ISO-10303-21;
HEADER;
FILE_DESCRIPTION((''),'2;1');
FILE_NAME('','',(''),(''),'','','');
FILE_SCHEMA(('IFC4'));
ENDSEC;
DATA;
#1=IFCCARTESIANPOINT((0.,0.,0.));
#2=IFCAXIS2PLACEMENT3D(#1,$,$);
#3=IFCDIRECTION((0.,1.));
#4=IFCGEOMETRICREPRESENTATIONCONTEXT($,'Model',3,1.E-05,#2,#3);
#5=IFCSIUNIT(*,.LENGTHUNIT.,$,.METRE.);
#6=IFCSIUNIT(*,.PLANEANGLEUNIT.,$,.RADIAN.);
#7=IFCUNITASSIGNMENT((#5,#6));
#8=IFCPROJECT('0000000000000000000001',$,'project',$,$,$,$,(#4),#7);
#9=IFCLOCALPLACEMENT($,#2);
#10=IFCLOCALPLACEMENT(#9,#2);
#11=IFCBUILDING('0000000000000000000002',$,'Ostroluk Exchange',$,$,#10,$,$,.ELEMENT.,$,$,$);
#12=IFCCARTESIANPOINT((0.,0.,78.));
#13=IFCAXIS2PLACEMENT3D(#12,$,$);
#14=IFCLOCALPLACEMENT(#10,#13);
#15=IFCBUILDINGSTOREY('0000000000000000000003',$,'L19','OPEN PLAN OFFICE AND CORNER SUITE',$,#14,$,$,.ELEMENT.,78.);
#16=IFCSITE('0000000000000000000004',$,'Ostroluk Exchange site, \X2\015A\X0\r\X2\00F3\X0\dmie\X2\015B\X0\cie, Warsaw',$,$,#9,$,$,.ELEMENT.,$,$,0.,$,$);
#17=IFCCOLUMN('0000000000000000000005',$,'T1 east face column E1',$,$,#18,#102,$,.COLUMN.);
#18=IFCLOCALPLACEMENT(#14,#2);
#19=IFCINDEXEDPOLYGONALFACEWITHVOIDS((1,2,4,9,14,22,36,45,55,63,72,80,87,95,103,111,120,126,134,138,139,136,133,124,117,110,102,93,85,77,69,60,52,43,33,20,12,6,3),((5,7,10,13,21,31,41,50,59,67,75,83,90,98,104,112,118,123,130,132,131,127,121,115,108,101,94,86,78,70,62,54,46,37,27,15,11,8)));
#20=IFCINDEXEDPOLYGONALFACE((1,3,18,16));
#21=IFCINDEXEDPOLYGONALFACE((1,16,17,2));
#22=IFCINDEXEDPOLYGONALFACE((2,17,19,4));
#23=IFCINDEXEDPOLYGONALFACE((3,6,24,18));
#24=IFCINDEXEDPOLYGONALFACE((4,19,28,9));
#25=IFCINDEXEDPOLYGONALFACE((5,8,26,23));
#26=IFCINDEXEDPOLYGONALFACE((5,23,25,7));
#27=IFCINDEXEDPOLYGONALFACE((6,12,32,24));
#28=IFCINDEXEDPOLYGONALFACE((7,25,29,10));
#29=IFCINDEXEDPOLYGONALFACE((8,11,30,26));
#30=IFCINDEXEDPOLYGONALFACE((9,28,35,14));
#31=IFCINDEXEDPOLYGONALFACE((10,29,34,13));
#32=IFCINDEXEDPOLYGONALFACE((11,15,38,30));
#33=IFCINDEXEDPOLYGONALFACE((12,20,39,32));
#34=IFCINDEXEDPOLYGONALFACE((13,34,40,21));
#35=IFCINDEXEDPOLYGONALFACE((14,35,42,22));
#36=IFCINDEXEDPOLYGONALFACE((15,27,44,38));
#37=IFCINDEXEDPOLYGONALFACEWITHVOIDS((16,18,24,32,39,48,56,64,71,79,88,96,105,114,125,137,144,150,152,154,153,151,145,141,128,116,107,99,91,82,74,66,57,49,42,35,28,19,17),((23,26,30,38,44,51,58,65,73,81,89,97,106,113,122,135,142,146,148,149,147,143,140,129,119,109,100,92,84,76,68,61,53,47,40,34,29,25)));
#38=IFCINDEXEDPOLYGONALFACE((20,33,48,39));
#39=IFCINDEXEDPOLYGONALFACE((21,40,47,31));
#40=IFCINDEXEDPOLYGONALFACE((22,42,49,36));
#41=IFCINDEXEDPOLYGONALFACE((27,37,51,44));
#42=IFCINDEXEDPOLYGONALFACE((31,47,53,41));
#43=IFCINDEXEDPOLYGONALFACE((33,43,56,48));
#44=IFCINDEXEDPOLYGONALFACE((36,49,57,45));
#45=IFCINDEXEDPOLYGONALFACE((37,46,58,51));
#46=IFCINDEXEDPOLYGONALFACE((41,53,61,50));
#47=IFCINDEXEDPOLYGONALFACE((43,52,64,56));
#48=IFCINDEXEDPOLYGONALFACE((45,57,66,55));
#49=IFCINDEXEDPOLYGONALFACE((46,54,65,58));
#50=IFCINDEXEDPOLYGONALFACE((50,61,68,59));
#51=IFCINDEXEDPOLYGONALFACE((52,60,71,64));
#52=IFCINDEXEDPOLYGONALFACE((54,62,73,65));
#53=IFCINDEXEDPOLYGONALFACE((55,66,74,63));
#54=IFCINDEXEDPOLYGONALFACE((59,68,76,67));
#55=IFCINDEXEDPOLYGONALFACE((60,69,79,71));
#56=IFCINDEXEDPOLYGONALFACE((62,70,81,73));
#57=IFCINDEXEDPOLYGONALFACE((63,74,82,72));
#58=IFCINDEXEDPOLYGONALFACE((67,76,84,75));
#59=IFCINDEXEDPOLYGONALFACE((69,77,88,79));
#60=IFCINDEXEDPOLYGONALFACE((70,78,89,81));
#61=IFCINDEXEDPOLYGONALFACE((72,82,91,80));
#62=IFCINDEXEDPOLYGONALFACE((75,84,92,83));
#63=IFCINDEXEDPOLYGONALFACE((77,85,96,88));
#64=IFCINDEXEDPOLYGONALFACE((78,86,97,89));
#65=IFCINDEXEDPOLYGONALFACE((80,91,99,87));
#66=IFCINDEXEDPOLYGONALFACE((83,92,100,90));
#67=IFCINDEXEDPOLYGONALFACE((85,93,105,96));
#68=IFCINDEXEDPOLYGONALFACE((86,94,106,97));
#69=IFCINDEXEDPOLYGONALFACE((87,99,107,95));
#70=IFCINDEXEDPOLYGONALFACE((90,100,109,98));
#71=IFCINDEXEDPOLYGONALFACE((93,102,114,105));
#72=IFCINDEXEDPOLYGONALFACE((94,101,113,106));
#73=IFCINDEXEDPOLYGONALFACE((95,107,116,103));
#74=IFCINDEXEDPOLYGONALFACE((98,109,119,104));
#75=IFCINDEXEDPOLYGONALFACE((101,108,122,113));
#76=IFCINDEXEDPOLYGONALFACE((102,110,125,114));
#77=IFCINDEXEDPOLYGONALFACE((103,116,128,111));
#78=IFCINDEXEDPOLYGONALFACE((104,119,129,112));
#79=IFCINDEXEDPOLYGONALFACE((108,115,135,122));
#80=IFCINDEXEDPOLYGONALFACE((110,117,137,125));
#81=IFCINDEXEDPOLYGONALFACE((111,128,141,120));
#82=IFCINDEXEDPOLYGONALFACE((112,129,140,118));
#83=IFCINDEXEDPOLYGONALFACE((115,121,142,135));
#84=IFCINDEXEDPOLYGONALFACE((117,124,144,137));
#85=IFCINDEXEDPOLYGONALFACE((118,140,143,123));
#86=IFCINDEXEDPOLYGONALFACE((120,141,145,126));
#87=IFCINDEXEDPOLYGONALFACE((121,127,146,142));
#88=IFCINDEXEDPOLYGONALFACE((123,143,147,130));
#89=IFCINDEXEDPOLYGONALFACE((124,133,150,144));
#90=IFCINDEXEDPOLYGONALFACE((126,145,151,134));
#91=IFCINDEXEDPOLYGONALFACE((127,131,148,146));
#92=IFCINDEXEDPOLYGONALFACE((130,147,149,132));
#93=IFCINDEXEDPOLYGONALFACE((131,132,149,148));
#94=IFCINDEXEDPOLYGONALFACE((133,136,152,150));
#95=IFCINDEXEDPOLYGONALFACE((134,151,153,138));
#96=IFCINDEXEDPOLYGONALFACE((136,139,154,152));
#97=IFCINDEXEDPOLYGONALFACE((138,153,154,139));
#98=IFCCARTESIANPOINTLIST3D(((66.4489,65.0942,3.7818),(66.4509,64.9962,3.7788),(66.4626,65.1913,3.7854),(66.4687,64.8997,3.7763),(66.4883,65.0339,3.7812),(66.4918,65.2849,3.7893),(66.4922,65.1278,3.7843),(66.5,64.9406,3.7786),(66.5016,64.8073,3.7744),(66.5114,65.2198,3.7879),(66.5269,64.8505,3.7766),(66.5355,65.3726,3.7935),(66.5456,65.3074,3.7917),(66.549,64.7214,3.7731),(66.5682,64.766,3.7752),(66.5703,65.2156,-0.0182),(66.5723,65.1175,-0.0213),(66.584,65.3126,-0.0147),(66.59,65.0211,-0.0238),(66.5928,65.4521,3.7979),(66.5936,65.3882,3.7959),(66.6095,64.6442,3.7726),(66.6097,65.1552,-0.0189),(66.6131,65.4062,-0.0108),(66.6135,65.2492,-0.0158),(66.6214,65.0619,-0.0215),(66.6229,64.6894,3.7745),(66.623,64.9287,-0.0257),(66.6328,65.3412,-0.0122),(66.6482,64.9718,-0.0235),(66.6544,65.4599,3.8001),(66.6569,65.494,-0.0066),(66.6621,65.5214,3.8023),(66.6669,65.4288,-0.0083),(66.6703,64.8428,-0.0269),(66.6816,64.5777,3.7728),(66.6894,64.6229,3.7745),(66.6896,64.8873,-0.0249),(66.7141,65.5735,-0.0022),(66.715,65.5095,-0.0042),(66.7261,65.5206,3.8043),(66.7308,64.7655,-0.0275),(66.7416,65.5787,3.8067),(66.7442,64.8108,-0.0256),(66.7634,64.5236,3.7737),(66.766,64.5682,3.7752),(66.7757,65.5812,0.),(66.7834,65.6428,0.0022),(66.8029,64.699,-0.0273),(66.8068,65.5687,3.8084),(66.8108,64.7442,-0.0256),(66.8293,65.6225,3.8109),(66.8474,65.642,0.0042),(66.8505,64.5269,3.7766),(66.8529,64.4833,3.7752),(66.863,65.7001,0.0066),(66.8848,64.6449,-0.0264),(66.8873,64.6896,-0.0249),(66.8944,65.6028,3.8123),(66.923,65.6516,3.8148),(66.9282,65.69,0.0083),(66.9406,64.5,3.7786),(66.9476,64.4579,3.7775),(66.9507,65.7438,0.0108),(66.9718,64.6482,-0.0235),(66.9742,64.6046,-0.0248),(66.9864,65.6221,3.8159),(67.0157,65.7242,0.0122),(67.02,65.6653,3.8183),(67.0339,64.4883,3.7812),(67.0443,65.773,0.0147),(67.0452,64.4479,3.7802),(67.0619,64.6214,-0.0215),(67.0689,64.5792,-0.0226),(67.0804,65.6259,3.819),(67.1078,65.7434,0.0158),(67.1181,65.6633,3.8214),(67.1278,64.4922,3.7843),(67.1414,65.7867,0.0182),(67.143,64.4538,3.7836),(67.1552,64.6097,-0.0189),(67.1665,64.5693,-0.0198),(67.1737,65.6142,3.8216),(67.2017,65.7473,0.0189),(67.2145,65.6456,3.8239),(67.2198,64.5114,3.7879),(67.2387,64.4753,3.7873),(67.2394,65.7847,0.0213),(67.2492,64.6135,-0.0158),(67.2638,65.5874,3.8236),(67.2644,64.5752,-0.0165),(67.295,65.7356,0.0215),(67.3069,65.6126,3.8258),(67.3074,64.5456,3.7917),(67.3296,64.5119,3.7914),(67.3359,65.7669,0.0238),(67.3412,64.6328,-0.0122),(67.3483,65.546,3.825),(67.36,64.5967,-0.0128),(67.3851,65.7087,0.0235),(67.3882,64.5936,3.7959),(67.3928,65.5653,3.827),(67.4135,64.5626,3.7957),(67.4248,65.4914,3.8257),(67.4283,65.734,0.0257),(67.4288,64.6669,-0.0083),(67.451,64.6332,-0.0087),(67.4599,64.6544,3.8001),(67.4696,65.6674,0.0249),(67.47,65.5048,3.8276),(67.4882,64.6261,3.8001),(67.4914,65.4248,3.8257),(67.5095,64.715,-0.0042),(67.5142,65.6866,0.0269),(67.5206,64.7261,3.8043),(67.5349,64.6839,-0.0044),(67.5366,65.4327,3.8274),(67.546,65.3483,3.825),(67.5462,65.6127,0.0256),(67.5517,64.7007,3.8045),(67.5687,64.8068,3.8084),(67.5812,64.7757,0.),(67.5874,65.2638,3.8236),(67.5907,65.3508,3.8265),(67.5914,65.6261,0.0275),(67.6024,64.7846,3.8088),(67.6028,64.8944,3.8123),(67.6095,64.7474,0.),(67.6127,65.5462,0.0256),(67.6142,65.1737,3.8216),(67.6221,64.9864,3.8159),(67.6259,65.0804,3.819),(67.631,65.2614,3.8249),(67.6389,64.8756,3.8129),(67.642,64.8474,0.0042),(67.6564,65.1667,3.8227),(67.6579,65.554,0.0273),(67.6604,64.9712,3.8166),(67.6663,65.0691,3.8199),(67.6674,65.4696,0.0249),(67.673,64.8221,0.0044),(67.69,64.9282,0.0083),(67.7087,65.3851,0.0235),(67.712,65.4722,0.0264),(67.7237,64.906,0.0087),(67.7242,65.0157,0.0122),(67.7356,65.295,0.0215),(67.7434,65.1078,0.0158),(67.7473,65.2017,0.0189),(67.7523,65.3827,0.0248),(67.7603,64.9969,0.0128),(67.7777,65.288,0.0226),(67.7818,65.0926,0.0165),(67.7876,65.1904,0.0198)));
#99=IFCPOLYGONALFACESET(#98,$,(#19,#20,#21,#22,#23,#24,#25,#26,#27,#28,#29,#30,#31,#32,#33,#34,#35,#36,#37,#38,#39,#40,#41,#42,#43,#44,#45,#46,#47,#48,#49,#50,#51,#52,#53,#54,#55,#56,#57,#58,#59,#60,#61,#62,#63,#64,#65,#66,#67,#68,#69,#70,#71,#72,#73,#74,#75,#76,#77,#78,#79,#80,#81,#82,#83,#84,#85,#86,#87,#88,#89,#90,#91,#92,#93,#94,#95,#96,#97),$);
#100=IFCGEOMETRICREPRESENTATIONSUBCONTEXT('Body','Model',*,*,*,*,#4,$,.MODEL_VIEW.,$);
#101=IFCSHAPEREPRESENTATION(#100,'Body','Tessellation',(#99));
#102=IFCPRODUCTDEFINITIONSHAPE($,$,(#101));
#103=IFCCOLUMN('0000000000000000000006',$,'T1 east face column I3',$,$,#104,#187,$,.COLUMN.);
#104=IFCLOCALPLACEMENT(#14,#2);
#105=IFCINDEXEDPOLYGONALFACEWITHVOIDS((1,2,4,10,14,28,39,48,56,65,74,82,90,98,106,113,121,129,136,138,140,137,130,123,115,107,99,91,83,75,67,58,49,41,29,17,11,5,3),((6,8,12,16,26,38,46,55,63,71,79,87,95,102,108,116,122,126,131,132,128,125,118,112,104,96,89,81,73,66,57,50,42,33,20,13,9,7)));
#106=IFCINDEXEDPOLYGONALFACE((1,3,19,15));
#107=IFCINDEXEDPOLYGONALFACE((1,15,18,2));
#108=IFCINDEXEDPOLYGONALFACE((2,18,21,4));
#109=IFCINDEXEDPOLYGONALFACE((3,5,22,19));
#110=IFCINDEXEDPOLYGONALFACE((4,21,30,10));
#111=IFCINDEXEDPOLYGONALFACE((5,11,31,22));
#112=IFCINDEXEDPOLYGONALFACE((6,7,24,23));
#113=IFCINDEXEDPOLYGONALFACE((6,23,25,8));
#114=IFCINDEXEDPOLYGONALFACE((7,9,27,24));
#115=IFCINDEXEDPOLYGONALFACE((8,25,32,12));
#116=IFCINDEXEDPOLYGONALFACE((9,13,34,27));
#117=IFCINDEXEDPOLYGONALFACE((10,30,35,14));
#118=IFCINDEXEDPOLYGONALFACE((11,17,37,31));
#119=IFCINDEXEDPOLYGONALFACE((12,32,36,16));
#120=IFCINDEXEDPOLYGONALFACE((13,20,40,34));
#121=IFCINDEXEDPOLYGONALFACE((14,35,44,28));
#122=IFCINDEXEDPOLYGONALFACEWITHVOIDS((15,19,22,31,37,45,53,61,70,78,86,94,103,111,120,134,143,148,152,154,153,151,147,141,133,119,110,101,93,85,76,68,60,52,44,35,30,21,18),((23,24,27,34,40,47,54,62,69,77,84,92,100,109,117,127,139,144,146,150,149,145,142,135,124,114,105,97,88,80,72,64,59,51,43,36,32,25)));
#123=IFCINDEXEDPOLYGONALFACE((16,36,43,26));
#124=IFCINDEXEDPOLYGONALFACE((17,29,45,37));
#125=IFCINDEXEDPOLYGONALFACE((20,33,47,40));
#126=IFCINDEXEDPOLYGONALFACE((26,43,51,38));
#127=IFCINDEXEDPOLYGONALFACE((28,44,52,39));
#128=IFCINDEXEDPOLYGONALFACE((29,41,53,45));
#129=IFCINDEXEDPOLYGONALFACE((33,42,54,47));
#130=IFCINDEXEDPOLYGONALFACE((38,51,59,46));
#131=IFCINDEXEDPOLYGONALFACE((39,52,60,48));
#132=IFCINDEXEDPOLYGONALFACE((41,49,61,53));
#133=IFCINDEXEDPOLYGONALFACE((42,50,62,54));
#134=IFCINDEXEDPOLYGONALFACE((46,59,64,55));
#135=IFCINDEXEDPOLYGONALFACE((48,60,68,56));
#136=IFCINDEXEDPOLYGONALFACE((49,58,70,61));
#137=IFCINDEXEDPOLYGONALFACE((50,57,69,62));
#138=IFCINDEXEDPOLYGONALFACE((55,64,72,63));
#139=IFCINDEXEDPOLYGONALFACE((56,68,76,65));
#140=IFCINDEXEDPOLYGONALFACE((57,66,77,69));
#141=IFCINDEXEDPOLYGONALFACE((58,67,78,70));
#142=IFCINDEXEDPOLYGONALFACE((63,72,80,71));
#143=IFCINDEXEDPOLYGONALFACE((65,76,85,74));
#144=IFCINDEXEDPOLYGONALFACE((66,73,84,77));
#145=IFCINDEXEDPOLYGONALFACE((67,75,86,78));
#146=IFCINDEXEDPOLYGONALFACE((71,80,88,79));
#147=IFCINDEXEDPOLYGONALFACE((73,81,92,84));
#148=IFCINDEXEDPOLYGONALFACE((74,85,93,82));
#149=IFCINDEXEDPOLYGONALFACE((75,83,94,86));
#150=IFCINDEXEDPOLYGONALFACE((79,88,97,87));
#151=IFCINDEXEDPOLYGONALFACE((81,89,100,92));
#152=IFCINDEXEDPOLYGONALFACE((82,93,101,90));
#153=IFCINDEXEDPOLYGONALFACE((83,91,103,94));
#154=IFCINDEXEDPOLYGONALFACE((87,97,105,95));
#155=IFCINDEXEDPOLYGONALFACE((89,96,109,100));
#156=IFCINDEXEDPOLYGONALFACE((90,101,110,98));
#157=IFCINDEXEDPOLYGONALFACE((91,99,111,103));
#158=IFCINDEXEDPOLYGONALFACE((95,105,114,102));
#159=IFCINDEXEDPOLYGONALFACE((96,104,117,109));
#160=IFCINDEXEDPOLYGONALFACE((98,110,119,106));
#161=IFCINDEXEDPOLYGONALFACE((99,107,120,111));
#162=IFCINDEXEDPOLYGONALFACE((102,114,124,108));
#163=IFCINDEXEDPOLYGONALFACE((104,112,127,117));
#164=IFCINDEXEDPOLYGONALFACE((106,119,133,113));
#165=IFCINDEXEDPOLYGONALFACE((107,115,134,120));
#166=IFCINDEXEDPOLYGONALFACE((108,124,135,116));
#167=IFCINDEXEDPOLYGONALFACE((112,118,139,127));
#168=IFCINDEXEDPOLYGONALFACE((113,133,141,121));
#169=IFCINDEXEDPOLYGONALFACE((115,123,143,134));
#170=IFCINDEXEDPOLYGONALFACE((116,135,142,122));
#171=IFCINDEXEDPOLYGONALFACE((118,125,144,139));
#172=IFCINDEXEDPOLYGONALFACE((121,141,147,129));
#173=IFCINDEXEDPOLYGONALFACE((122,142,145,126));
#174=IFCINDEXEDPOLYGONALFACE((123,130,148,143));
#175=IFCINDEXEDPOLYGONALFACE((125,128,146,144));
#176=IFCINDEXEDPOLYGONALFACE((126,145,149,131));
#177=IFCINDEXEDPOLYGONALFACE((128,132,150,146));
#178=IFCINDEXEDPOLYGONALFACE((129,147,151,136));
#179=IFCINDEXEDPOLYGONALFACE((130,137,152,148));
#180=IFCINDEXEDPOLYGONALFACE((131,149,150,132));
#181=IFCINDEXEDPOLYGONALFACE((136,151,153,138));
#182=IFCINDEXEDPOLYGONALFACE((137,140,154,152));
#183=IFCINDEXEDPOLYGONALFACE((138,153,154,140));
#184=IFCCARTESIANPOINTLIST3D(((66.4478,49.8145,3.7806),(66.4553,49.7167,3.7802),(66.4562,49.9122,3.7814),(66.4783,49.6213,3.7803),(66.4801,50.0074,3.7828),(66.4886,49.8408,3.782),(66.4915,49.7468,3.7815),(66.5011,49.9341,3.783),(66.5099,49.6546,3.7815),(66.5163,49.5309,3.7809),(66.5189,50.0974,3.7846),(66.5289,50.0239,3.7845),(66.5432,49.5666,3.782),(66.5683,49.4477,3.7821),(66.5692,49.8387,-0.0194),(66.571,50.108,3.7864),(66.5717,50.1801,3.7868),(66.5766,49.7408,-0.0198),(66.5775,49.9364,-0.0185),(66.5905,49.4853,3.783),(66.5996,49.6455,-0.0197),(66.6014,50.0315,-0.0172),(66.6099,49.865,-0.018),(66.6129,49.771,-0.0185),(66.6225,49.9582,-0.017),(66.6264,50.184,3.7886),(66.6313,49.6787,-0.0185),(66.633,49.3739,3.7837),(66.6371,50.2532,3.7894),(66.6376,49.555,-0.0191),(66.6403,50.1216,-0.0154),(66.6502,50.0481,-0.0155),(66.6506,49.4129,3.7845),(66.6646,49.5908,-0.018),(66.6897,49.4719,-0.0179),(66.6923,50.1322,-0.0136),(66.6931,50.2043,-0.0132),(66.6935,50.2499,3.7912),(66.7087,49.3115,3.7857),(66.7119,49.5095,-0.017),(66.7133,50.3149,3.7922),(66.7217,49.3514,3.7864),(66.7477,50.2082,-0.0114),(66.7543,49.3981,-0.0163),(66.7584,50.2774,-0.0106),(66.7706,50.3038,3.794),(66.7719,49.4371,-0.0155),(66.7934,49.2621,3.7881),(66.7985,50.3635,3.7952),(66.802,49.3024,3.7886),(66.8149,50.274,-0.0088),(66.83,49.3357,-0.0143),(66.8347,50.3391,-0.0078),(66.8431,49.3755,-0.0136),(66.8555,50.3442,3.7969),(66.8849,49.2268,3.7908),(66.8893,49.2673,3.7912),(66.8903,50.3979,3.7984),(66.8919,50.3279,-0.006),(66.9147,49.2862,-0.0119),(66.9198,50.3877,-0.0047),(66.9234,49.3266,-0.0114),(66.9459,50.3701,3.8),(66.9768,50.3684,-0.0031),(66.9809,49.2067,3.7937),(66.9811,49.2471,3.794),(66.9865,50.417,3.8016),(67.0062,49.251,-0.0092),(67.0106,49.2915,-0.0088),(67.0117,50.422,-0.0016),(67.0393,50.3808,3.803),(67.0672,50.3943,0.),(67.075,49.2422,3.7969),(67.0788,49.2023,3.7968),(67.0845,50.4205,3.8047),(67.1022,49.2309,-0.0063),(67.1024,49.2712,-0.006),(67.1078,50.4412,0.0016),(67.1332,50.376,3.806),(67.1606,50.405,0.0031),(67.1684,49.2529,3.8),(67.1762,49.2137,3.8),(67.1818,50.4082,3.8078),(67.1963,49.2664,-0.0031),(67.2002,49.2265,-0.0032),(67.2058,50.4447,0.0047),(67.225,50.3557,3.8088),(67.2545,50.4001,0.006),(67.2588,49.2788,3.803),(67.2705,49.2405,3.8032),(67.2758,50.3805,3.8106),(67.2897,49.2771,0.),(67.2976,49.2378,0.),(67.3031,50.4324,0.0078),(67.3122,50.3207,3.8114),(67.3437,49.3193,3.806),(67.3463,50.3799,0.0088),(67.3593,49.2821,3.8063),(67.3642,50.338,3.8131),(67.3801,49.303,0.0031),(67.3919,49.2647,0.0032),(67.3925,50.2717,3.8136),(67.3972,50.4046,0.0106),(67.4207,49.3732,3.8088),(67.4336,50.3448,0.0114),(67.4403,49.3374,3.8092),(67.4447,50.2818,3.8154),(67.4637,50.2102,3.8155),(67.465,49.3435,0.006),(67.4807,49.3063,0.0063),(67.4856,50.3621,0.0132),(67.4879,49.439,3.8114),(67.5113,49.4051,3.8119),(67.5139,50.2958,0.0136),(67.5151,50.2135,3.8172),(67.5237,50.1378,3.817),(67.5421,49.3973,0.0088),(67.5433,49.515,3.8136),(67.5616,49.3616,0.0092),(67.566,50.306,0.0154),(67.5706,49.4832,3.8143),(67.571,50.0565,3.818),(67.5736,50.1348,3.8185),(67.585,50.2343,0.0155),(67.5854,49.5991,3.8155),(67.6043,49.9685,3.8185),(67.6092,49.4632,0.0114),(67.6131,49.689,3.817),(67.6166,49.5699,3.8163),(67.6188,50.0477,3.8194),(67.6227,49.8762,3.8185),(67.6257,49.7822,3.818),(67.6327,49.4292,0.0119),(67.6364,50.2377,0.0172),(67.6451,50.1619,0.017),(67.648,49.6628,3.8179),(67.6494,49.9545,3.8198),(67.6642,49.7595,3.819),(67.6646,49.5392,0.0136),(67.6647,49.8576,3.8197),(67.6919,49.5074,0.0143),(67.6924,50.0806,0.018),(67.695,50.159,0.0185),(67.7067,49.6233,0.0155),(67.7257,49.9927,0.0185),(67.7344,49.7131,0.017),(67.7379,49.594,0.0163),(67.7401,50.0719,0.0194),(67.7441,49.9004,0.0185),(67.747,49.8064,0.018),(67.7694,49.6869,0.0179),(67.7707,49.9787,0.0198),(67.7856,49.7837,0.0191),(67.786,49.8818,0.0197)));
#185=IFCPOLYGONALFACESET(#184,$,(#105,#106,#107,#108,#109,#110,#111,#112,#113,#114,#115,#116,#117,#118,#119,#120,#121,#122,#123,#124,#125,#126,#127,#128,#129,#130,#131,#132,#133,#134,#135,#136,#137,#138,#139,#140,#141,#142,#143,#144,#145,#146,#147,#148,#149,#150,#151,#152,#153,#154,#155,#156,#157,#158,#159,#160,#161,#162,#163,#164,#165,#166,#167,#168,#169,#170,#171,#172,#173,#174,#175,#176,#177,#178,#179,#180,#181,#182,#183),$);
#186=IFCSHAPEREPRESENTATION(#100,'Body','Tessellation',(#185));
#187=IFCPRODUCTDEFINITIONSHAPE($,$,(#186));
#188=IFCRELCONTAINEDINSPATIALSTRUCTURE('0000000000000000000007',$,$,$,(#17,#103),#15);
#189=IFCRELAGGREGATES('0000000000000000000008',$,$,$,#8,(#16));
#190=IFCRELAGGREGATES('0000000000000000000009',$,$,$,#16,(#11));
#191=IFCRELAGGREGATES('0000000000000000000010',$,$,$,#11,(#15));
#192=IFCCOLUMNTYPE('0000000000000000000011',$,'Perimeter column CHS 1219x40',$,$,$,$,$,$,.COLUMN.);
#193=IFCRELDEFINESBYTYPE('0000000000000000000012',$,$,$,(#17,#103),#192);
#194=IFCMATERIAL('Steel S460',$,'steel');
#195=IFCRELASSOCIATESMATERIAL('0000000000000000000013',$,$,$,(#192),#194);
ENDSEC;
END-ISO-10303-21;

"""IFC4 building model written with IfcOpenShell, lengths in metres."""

from ifc_helpers import new_model, si_unit, direction, frame, origin, origin_2d, place, context, subcontext, project, spatial, hollow_circle, extrude, material, material_profile, profile_set, type_object, element, save


model = new_model("IFC4")

# Units and contexts
model_context = context("Model", 3, precision=1e-05, world=origin(), true_north=direction((0.0, 1.0)))
body_context = subcontext(model_context, "Body", "Model", "MODEL_VIEW")
ifc_project = project(units=[si_unit("LENGTHUNIT", "METRE"), si_unit("PLANEANGLEUNIT", "RADIAN")], contexts=[model_context])

# Site, building, storey
site_placement = place(None, origin())
site = spatial("IfcSite", under=ifc_project, at=site_placement, Name="Ostroluk Exchange site, Śródmieście, Warsaw", CompositionType="ELEMENT", RefElevation=0.0)
building_placement = place(site_placement, origin())
building = spatial("IfcBuilding", under=site, at=building_placement, Name="Ostroluk Exchange", CompositionType="ELEMENT")
storey_placement = place(building_placement, frame((0.0, 0.0, 78.0)))
storey = spatial("IfcBuildingStorey", under=building, at=storey_placement, Name="L19", Description="OPEN PLAN OFFICE AND CORNER SUITE", CompositionType="ELEMENT", Elevation=78.0)

# Columns
ifc_material_1 = material(Name="Steel S460", Category="steel")
ifc_material_profile_1 = material_profile(ifc_material_1, hollow_circle(Radius=0.6096, WallThickness=0.04, at=origin_2d()), Name="CHS 1219x40")
ifc_profile_set_1 = profile_set([ifc_material_profile_1], Name="Steel S460")
column_type = type_object("IfcColumnType", Name="Perimeter column CHS 1219x40", PredefinedType="COLUMN", material=ifc_profile_set_1)
column_1_placement = place(storey_placement, frame((67.1785, 65.1785, 0.0), z_axis=(-0.031898, -0.031898, 0.998982), x_axis=(0.707107, -0.707107, 0.0)))
element("IfcColumn", 1, at=column_1_placement, inside=storey, type_object=column_type, Name="T1 east face column E1", PredefinedType="COLUMN", context=body_context, shape_type="SweptSolid", body=[
    extrude(hollow_circle(Radius=0.6096, WallThickness=0.04, at=origin_2d()), origin(), (0.0, 0.0, 1.0), 3.804),
])
column_2_placement = place(storey_placement, frame((67.1785, 49.8357, 0.0), z_axis=(-0.031914, -0.006357, 0.99947), x_axis=(0.195357, -0.980732, 0.0)))
element("IfcColumn", 2, at=column_2_placement, inside=storey, type_object=column_type, Name="T1 east face column I3", PredefinedType="COLUMN", context=body_context, shape_type="SweptSolid", body=[
    extrude(hollow_circle(Radius=0.6096, WallThickness=0.04, at=origin_2d()), origin(), (0.0, 0.0, 1.0), 3.802),
])

save(model, "model.ifc")
